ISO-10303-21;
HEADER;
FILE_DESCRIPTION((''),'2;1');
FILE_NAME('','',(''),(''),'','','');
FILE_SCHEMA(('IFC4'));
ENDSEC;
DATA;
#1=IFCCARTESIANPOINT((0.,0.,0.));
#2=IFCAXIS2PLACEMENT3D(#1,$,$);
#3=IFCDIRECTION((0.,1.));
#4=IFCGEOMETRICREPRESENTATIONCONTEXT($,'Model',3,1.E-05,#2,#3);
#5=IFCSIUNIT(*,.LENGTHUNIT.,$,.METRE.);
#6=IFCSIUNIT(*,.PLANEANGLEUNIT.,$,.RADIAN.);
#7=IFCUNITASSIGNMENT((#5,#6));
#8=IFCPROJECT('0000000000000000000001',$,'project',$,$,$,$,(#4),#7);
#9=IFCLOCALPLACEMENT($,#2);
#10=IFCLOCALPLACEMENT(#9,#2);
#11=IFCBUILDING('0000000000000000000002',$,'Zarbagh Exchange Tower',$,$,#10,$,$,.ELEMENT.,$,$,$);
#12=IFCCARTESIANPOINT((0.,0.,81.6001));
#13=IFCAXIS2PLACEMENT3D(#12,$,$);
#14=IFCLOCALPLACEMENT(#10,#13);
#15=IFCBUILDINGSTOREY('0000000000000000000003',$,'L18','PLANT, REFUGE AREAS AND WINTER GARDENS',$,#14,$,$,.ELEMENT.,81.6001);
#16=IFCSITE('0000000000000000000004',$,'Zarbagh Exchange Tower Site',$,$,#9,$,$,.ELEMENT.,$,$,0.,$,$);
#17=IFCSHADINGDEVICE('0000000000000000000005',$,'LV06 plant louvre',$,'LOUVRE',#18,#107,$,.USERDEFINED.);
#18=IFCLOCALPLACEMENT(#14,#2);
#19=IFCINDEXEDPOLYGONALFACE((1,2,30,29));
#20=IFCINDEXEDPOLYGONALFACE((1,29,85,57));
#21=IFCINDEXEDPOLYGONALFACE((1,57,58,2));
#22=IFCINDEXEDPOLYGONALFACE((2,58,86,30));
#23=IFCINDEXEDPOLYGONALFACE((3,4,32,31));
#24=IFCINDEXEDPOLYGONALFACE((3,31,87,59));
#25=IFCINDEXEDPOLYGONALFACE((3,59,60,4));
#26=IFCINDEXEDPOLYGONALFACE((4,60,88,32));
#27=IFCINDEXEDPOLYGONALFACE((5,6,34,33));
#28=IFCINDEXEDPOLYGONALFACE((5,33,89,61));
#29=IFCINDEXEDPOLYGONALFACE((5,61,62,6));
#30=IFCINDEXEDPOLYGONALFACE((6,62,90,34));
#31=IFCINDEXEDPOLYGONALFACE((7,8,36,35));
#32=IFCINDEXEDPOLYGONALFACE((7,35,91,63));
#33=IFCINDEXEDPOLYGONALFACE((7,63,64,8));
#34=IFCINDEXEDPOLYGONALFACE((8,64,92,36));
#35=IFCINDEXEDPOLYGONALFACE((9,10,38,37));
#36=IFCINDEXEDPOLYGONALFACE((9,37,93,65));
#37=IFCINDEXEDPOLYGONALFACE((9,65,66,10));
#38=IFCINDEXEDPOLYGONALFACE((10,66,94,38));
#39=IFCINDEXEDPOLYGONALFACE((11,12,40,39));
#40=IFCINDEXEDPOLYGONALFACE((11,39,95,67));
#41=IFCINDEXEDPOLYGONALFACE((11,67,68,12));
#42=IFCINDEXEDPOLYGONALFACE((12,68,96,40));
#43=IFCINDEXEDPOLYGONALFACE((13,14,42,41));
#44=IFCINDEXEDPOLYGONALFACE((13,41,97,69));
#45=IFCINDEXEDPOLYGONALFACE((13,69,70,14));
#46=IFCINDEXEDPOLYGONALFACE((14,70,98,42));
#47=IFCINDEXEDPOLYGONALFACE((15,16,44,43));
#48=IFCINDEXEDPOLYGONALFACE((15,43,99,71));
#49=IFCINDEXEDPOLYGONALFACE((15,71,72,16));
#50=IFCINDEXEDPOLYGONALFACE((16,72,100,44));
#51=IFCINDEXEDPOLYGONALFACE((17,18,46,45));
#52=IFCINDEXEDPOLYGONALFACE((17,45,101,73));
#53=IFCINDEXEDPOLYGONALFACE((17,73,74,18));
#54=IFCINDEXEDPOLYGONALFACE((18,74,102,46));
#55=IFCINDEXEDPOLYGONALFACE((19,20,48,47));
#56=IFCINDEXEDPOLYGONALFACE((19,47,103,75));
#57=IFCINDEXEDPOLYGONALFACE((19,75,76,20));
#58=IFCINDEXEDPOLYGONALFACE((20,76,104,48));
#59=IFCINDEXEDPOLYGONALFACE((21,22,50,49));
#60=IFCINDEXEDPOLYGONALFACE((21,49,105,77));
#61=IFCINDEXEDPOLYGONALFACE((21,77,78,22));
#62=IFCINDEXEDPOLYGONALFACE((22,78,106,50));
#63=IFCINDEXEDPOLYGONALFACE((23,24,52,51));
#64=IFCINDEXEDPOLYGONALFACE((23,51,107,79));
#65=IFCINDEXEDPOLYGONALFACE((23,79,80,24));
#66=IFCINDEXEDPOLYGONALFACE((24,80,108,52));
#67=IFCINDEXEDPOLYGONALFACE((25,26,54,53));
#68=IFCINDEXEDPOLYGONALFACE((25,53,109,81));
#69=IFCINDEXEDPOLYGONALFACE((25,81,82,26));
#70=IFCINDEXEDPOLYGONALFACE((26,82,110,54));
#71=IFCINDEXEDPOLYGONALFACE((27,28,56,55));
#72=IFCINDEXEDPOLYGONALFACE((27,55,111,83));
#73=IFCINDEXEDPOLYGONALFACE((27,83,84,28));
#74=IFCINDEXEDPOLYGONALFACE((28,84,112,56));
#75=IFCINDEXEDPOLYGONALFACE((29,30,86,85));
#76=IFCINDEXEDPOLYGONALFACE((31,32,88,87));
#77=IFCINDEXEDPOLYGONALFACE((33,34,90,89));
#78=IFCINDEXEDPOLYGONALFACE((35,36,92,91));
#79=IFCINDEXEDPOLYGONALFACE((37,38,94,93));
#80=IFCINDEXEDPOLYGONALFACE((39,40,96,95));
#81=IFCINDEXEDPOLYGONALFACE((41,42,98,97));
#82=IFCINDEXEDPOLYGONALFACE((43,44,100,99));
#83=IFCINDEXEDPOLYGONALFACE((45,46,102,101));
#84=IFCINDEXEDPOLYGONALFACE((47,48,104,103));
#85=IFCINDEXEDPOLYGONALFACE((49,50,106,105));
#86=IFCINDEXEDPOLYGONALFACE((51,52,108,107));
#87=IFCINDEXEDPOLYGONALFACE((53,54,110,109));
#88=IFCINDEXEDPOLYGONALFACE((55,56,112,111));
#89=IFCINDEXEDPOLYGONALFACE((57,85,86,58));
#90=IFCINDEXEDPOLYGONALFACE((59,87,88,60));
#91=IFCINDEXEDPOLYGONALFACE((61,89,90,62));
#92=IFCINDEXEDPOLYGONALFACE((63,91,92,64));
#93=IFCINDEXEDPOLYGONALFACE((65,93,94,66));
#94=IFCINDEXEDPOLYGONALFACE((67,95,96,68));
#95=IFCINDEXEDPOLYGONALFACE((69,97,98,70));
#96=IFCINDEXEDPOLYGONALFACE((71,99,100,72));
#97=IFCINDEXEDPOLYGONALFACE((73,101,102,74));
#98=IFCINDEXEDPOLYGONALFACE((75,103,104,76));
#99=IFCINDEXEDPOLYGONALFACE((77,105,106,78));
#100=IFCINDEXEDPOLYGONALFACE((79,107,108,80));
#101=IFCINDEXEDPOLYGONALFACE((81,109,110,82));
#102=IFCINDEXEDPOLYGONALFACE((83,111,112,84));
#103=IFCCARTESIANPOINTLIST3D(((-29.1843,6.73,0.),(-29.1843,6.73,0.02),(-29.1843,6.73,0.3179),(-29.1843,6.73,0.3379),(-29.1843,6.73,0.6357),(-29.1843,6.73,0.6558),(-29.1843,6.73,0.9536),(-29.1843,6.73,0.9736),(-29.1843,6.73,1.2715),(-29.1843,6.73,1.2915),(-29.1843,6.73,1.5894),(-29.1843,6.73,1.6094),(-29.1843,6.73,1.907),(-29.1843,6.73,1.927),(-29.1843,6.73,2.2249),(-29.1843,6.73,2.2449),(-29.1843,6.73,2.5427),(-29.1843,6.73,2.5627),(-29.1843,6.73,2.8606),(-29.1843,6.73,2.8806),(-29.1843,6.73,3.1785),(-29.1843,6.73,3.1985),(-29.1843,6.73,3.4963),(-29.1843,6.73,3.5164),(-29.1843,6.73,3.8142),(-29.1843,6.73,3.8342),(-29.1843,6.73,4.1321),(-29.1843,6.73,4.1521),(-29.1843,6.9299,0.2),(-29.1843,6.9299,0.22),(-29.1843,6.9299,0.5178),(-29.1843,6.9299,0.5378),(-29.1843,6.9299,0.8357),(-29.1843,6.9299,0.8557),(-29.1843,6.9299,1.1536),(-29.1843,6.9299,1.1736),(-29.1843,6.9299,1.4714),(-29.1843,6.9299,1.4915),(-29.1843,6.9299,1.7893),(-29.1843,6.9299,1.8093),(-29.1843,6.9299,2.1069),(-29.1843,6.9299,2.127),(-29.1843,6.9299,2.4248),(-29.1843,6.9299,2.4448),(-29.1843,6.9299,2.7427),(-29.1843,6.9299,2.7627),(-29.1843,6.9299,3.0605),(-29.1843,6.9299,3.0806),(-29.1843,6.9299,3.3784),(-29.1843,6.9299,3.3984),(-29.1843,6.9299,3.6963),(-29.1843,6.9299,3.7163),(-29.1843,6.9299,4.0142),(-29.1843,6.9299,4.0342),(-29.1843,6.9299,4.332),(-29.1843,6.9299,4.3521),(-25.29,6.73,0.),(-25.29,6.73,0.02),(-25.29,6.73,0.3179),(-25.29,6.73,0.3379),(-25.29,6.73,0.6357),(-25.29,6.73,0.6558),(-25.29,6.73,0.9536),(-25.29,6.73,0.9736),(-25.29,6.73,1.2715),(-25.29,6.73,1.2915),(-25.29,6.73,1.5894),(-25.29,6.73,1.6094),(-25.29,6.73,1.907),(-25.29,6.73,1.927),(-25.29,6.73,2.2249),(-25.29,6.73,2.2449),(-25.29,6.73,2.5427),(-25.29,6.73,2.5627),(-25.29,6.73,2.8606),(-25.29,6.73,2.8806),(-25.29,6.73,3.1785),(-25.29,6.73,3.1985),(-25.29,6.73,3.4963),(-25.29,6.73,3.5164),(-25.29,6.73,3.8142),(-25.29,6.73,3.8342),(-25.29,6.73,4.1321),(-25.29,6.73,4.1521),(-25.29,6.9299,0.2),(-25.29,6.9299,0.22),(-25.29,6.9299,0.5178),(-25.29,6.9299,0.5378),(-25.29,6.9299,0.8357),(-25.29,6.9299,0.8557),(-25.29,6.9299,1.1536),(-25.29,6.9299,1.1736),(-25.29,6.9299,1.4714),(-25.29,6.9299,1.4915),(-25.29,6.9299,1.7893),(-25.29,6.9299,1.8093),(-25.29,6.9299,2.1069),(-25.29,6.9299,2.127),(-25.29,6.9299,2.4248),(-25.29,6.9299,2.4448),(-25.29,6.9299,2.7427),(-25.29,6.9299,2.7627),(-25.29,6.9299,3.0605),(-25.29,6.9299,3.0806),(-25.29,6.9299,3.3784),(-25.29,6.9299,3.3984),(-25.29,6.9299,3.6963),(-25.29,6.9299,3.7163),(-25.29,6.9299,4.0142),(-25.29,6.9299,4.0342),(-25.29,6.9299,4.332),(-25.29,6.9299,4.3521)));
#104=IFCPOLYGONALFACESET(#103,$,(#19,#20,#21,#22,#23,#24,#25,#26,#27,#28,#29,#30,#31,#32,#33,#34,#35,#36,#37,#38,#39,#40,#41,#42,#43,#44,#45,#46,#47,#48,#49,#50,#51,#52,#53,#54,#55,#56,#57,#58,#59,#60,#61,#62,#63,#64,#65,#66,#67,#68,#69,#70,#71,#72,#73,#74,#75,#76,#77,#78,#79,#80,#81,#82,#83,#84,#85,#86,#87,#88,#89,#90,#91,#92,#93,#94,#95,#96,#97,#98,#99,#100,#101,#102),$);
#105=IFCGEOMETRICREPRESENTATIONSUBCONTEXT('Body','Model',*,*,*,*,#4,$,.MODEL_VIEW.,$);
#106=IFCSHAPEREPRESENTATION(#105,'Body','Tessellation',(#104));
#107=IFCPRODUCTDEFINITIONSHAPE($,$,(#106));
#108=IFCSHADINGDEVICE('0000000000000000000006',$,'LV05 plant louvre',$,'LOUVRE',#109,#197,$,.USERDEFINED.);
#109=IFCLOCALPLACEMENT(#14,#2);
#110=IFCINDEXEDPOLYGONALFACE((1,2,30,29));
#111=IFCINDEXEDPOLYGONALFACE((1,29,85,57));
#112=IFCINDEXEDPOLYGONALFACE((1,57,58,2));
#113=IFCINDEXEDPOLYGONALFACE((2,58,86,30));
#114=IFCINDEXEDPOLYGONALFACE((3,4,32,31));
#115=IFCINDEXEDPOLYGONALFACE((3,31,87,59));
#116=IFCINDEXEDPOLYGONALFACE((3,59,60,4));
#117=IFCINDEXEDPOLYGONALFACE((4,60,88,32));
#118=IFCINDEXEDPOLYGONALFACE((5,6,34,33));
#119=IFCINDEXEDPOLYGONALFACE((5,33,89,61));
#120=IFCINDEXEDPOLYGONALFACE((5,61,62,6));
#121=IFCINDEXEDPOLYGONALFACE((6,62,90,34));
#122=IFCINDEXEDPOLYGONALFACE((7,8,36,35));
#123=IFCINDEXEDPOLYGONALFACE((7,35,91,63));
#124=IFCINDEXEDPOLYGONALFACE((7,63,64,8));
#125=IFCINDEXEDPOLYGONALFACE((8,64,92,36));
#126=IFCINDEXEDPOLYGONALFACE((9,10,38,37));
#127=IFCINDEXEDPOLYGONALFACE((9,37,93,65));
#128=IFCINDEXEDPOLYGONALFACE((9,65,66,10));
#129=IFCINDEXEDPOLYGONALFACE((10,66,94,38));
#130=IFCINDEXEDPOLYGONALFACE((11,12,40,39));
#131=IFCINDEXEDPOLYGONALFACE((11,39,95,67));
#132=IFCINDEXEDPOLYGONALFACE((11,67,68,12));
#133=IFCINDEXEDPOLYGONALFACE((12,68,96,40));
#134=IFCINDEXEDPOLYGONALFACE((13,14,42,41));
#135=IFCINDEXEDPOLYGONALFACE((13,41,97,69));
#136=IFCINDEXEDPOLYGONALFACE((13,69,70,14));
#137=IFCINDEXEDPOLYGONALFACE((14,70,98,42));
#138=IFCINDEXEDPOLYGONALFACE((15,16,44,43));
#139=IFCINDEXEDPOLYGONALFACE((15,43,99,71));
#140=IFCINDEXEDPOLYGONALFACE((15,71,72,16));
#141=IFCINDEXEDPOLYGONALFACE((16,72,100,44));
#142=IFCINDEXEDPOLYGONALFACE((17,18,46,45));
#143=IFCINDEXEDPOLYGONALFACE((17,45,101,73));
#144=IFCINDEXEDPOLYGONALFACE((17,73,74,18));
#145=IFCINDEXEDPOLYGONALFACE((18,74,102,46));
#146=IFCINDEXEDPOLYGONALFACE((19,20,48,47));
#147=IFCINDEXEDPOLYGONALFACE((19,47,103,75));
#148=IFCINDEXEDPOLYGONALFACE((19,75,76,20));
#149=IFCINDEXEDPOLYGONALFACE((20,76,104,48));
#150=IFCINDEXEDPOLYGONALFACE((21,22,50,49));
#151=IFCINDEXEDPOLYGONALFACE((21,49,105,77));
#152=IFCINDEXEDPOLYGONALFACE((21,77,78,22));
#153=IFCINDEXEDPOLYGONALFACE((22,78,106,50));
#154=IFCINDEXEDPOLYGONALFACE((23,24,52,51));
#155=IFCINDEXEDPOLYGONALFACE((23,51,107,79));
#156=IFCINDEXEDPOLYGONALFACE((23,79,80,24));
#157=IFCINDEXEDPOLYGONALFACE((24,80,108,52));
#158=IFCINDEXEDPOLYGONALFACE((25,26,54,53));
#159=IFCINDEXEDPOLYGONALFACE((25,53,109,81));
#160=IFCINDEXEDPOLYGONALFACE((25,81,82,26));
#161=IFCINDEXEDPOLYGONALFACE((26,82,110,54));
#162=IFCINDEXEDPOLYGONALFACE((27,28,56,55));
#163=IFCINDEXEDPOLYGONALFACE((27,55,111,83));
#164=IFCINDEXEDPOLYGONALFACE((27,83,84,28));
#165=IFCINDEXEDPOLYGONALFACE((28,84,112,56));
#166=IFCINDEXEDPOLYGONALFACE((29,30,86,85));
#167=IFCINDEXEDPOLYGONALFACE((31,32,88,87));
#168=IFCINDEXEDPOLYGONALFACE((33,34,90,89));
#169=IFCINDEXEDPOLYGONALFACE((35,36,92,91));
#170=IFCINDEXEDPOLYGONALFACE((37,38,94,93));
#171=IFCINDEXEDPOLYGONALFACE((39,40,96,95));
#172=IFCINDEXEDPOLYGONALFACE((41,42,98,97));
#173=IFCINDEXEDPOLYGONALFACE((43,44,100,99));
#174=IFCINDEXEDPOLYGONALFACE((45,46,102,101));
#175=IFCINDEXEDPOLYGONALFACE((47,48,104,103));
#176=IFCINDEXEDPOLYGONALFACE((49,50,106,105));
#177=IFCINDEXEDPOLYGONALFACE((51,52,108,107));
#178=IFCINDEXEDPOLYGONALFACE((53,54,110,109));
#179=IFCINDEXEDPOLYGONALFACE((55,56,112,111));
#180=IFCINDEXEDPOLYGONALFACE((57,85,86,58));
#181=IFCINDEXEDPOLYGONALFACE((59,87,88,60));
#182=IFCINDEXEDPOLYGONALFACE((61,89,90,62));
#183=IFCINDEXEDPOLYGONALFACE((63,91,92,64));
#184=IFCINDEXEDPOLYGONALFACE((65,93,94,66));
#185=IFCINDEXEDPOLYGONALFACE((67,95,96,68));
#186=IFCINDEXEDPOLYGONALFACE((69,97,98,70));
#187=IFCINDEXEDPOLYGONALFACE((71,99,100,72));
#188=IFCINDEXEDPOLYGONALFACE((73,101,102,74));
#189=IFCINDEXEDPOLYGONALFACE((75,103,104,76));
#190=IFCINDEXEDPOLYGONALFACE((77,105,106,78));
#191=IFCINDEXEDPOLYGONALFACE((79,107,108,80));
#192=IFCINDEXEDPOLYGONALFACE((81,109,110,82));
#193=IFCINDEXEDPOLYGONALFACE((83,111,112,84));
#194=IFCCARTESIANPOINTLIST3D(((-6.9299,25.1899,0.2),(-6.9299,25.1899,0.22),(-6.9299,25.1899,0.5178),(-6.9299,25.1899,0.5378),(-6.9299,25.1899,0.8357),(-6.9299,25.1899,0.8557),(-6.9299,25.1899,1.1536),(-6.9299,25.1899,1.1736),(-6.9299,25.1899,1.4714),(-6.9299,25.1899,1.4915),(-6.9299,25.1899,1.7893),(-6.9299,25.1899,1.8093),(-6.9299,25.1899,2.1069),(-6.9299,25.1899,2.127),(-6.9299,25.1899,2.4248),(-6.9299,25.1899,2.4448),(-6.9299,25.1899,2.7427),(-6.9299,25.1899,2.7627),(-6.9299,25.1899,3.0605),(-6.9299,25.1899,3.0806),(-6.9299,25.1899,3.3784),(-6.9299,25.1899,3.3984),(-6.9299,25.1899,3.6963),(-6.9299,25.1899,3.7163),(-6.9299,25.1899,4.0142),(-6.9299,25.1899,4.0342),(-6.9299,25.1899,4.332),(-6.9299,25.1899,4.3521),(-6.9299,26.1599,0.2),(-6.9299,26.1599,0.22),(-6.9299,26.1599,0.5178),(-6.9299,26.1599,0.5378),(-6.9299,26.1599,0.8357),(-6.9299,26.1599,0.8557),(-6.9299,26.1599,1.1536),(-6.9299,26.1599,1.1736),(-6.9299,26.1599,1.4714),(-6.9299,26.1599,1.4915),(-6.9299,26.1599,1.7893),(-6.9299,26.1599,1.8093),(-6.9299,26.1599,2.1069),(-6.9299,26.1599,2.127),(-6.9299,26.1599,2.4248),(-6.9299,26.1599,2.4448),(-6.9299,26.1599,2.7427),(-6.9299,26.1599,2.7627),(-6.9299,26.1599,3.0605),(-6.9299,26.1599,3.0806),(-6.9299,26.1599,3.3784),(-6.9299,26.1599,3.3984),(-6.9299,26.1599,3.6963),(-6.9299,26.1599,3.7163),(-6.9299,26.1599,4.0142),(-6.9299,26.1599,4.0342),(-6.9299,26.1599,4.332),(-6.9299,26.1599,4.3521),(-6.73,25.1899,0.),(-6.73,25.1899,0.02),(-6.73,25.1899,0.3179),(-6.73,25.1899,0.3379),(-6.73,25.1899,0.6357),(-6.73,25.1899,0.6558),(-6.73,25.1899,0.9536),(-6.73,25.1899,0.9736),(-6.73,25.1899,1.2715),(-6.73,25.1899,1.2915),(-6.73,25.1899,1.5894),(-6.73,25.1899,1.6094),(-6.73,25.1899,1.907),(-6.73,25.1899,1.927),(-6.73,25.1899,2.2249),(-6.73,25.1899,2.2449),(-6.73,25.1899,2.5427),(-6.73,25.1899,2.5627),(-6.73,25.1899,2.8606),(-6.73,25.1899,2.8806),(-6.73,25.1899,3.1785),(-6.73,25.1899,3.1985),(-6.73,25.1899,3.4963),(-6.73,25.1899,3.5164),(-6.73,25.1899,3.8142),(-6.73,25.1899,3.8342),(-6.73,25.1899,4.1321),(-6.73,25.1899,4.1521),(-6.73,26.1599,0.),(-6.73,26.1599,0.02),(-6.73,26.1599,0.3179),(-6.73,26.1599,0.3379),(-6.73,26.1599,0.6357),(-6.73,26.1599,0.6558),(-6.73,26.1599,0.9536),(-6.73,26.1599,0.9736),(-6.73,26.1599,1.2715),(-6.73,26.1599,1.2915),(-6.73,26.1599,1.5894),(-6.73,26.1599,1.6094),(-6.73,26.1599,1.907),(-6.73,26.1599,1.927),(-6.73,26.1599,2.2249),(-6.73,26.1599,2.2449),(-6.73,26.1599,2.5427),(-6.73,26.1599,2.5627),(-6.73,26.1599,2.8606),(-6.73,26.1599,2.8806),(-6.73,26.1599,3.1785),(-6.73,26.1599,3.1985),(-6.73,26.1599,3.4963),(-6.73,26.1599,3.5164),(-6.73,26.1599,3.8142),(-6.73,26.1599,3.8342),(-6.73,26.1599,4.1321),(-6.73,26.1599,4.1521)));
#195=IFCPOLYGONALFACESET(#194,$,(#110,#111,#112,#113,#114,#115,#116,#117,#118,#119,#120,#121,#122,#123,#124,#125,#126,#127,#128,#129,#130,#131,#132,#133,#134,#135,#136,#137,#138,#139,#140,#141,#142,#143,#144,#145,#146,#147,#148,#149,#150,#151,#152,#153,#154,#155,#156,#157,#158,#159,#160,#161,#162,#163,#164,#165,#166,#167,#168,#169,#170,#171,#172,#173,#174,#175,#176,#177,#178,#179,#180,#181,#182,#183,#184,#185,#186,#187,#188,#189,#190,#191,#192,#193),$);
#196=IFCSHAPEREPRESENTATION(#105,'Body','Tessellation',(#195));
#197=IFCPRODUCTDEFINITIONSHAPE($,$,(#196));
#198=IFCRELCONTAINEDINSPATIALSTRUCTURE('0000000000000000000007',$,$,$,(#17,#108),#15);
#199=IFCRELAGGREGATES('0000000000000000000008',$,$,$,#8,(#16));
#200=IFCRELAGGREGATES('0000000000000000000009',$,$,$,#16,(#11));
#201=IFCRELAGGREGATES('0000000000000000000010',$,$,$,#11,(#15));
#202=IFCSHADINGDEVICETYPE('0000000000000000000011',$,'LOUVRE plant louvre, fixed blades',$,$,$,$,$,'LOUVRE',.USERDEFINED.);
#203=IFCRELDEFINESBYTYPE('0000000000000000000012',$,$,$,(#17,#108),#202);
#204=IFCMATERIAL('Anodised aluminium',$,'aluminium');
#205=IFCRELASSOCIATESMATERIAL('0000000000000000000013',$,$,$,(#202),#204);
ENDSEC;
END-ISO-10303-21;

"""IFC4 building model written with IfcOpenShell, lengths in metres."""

from ifc_helpers import new_model, si_unit, direction, frame, origin, place, context, subcontext, project, spatial, polyline, outline, extrude, source, transform, mapped, material, type_object, element, save


model = new_model("IFC4")

# Units and contexts
model_context = context("Model", 3, precision=1e-05, world=origin(), true_north=direction((0.0, 1.0)))
body_context = subcontext(model_context, "Body", "Model", "MODEL_VIEW")
ifc_project = project(units=[si_unit("LENGTHUNIT", "METRE"), si_unit("PLANEANGLEUNIT", "RADIAN")], contexts=[model_context])

# Site, building, storey
site_placement = place(None, origin())
site = spatial("IfcSite", under=ifc_project, at=site_placement, Name="Zarbagh Exchange Tower Site", CompositionType="ELEMENT", RefElevation=0.0)
building_placement = place(site_placement, origin())
building = spatial("IfcBuilding", under=site, at=building_placement, Name="Zarbagh Exchange Tower", CompositionType="ELEMENT")
storey_placement = place(building_placement, frame((0.0, 0.0, 81.6001)))
storey = spatial("IfcBuildingStorey", under=building, at=storey_placement, Name="L18", Description="PLANT, REFUGE AREAS AND WINTER GARDENS", CompositionType="ELEMENT", Elevation=81.6001)

# Shared definitions
placement = place(storey_placement, origin())

# Shared definitions
ifc_material_1 = material(Name="Anodised aluminium", Category="aluminium")
shading_device_type = type_object("IfcShadingDeviceType", Name="LOUVRE plant louvre, fixed blades", ElementType="LOUVRE", PredefinedType="USERDEFINED", material=ifc_material_1)

# Shading device
shared_shape_1 = source(origin(), body_context, "Body", "SweptSolid", [
    extrude(outline(polyline([(0.0, 0.2), (0.2, 0.0), (0.2, -0.02), (0.0, 0.1799), (0.0, 0.2)])), origin(), (0.0, 0.0, 1.0), 3.8943),
])
element("IfcShadingDevice", 1, at=placement, inside=storey, type_object=shading_device_type, Name="LV06 plant louvre", ObjectType="LOUVRE", PredefinedType="USERDEFINED", context=body_context, shape_type="MappedRepresentation", body=[
    mapped(shared_shape_1, transform((-25.29, 6.73, 0.2), x_axis=(0.0, 1.0, 0.0), y_axis=(0.0, 0.0, -1.0), z_axis=(-1.0, 0.0, 0.0))),
    mapped(shared_shape_1, transform((-25.29, 6.73, 0.5178), x_axis=(0.0, 1.0, 0.0), y_axis=(0.0, 0.0, -1.0), z_axis=(-1.0, 0.0, 0.0))),
    mapped(shared_shape_1, transform((-25.29, 6.73, 0.8357), x_axis=(0.0, 1.0, 0.0), y_axis=(0.0, 0.0, -1.0), z_axis=(-1.0, 0.0, 0.0))),
    mapped(shared_shape_1, transform((-25.29, 6.73, 1.1536), x_axis=(0.0, 1.0, 0.0), y_axis=(0.0, 0.0, -1.0), z_axis=(-1.0, 0.0, 0.0))),
    mapped(shared_shape_1, transform((-25.29, 6.73, 1.4714), x_axis=(0.0, 1.0, 0.0), y_axis=(0.0, 0.0, -1.0), z_axis=(-1.0, 0.0, 0.0))),
    mapped(shared_shape_1, transform((-25.29, 6.73, 1.7893), x_axis=(0.0, 1.0, 0.0), y_axis=(0.0, 0.0, -1.0), z_axis=(-1.0, 0.0, 0.0))),
    mapped(shared_shape_1, transform((-25.29, 6.73, 2.1069), x_axis=(0.0, 1.0, 0.0), y_axis=(0.0, 0.0, -1.0), z_axis=(-1.0, 0.0, 0.0))),
    mapped(shared_shape_1, transform((-25.29, 6.73, 2.4248), x_axis=(0.0, 1.0, 0.0), y_axis=(0.0, 0.0, -1.0), z_axis=(-1.0, 0.0, 0.0))),
    mapped(shared_shape_1, transform((-25.29, 6.73, 2.7427), x_axis=(0.0, 1.0, 0.0), y_axis=(0.0, 0.0, -1.0), z_axis=(-1.0, 0.0, 0.0))),
    mapped(shared_shape_1, transform((-25.29, 6.73, 3.0605), x_axis=(0.0, 1.0, 0.0), y_axis=(0.0, 0.0, -1.0), z_axis=(-1.0, 0.0, 0.0))),
    mapped(shared_shape_1, transform((-25.29, 6.73, 3.3784), x_axis=(0.0, 1.0, 0.0), y_axis=(0.0, 0.0, -1.0), z_axis=(-1.0, 0.0, 0.0))),
    mapped(shared_shape_1, transform((-25.29, 6.73, 3.6963), x_axis=(0.0, 1.0, 0.0), y_axis=(0.0, 0.0, -1.0), z_axis=(-1.0, 0.0, 0.0))),
    mapped(shared_shape_1, transform((-25.29, 6.73, 4.0142), x_axis=(0.0, 1.0, 0.0), y_axis=(0.0, 0.0, -1.0), z_axis=(-1.0, 0.0, 0.0))),
    mapped(shared_shape_1, transform((-25.29, 6.73, 4.332), x_axis=(0.0, 1.0, 0.0), y_axis=(0.0, 0.0, -1.0), z_axis=(-1.0, 0.0, 0.0))),
])

# Shading device
shared_shape_2 = source(origin(), body_context, "Body", "SweptSolid", [
    extrude(outline(polyline([(0.0, 0.2), (0.2, 0.0), (0.2, -0.02), (0.0, 0.1799), (0.0, 0.2)])), origin(), (0.0, 0.0, 1.0), 0.97),
])
element("IfcShadingDevice", 2, at=placement, inside=storey, type_object=shading_device_type, Name="LV05 plant louvre", ObjectType="LOUVRE", PredefinedType="USERDEFINED", context=body_context, shape_type="MappedRepresentation", body=[
    mapped(shared_shape_2, transform((-6.73, 26.1599, 0.2), x_axis=(-1.0, 0.0, 0.0), y_axis=(0.0, 0.0, -1.0), z_axis=(0.0, -1.0, 0.0))),
    mapped(shared_shape_2, transform((-6.73, 26.1599, 0.5178), x_axis=(-1.0, 0.0, 0.0), y_axis=(0.0, 0.0, -1.0), z_axis=(0.0, -1.0, 0.0))),
    mapped(shared_shape_2, transform((-6.73, 26.1599, 0.8357), x_axis=(-1.0, 0.0, 0.0), y_axis=(0.0, 0.0, -1.0), z_axis=(0.0, -1.0, 0.0))),
    mapped(shared_shape_2, transform((-6.73, 26.1599, 1.1536), x_axis=(-1.0, 0.0, 0.0), y_axis=(0.0, 0.0, -1.0), z_axis=(0.0, -1.0, 0.0))),
    mapped(shared_shape_2, transform((-6.73, 26.1599, 1.4714), x_axis=(-1.0, 0.0, 0.0), y_axis=(0.0, 0.0, -1.0), z_axis=(0.0, -1.0, 0.0))),
    mapped(shared_shape_2, transform((-6.73, 26.1599, 1.7893), x_axis=(-1.0, 0.0, 0.0), y_axis=(0.0, 0.0, -1.0), z_axis=(0.0, -1.0, 0.0))),
    mapped(shared_shape_2, transform((-6.73, 26.1599, 2.1069), x_axis=(-1.0, 0.0, 0.0), y_axis=(0.0, 0.0, -1.0), z_axis=(0.0, -1.0, 0.0))),
    mapped(shared_shape_2, transform((-6.73, 26.1599, 2.4248), x_axis=(-1.0, 0.0, 0.0), y_axis=(0.0, 0.0, -1.0), z_axis=(0.0, -1.0, 0.0))),
    mapped(shared_shape_2, transform((-6.73, 26.1599, 2.7427), x_axis=(-1.0, 0.0, 0.0), y_axis=(0.0, 0.0, -1.0), z_axis=(0.0, -1.0, 0.0))),
    mapped(shared_shape_2, transform((-6.73, 26.1599, 3.0605), x_axis=(-1.0, 0.0, 0.0), y_axis=(0.0, 0.0, -1.0), z_axis=(0.0, -1.0, 0.0))),
    mapped(shared_shape_2, transform((-6.73, 26.1599, 3.3784), x_axis=(-1.0, 0.0, 0.0), y_axis=(0.0, 0.0, -1.0), z_axis=(0.0, -1.0, 0.0))),
    mapped(shared_shape_2, transform((-6.73, 26.1599, 3.6963), x_axis=(-1.0, 0.0, 0.0), y_axis=(0.0, 0.0, -1.0), z_axis=(0.0, -1.0, 0.0))),
    mapped(shared_shape_2, transform((-6.73, 26.1599, 4.0142), x_axis=(-1.0, 0.0, 0.0), y_axis=(0.0, 0.0, -1.0), z_axis=(0.0, -1.0, 0.0))),
    mapped(shared_shape_2, transform((-6.73, 26.1599, 4.332), x_axis=(-1.0, 0.0, 0.0), y_axis=(0.0, 0.0, -1.0), z_axis=(0.0, -1.0, 0.0))),
])

save(model, "model.ifc")
